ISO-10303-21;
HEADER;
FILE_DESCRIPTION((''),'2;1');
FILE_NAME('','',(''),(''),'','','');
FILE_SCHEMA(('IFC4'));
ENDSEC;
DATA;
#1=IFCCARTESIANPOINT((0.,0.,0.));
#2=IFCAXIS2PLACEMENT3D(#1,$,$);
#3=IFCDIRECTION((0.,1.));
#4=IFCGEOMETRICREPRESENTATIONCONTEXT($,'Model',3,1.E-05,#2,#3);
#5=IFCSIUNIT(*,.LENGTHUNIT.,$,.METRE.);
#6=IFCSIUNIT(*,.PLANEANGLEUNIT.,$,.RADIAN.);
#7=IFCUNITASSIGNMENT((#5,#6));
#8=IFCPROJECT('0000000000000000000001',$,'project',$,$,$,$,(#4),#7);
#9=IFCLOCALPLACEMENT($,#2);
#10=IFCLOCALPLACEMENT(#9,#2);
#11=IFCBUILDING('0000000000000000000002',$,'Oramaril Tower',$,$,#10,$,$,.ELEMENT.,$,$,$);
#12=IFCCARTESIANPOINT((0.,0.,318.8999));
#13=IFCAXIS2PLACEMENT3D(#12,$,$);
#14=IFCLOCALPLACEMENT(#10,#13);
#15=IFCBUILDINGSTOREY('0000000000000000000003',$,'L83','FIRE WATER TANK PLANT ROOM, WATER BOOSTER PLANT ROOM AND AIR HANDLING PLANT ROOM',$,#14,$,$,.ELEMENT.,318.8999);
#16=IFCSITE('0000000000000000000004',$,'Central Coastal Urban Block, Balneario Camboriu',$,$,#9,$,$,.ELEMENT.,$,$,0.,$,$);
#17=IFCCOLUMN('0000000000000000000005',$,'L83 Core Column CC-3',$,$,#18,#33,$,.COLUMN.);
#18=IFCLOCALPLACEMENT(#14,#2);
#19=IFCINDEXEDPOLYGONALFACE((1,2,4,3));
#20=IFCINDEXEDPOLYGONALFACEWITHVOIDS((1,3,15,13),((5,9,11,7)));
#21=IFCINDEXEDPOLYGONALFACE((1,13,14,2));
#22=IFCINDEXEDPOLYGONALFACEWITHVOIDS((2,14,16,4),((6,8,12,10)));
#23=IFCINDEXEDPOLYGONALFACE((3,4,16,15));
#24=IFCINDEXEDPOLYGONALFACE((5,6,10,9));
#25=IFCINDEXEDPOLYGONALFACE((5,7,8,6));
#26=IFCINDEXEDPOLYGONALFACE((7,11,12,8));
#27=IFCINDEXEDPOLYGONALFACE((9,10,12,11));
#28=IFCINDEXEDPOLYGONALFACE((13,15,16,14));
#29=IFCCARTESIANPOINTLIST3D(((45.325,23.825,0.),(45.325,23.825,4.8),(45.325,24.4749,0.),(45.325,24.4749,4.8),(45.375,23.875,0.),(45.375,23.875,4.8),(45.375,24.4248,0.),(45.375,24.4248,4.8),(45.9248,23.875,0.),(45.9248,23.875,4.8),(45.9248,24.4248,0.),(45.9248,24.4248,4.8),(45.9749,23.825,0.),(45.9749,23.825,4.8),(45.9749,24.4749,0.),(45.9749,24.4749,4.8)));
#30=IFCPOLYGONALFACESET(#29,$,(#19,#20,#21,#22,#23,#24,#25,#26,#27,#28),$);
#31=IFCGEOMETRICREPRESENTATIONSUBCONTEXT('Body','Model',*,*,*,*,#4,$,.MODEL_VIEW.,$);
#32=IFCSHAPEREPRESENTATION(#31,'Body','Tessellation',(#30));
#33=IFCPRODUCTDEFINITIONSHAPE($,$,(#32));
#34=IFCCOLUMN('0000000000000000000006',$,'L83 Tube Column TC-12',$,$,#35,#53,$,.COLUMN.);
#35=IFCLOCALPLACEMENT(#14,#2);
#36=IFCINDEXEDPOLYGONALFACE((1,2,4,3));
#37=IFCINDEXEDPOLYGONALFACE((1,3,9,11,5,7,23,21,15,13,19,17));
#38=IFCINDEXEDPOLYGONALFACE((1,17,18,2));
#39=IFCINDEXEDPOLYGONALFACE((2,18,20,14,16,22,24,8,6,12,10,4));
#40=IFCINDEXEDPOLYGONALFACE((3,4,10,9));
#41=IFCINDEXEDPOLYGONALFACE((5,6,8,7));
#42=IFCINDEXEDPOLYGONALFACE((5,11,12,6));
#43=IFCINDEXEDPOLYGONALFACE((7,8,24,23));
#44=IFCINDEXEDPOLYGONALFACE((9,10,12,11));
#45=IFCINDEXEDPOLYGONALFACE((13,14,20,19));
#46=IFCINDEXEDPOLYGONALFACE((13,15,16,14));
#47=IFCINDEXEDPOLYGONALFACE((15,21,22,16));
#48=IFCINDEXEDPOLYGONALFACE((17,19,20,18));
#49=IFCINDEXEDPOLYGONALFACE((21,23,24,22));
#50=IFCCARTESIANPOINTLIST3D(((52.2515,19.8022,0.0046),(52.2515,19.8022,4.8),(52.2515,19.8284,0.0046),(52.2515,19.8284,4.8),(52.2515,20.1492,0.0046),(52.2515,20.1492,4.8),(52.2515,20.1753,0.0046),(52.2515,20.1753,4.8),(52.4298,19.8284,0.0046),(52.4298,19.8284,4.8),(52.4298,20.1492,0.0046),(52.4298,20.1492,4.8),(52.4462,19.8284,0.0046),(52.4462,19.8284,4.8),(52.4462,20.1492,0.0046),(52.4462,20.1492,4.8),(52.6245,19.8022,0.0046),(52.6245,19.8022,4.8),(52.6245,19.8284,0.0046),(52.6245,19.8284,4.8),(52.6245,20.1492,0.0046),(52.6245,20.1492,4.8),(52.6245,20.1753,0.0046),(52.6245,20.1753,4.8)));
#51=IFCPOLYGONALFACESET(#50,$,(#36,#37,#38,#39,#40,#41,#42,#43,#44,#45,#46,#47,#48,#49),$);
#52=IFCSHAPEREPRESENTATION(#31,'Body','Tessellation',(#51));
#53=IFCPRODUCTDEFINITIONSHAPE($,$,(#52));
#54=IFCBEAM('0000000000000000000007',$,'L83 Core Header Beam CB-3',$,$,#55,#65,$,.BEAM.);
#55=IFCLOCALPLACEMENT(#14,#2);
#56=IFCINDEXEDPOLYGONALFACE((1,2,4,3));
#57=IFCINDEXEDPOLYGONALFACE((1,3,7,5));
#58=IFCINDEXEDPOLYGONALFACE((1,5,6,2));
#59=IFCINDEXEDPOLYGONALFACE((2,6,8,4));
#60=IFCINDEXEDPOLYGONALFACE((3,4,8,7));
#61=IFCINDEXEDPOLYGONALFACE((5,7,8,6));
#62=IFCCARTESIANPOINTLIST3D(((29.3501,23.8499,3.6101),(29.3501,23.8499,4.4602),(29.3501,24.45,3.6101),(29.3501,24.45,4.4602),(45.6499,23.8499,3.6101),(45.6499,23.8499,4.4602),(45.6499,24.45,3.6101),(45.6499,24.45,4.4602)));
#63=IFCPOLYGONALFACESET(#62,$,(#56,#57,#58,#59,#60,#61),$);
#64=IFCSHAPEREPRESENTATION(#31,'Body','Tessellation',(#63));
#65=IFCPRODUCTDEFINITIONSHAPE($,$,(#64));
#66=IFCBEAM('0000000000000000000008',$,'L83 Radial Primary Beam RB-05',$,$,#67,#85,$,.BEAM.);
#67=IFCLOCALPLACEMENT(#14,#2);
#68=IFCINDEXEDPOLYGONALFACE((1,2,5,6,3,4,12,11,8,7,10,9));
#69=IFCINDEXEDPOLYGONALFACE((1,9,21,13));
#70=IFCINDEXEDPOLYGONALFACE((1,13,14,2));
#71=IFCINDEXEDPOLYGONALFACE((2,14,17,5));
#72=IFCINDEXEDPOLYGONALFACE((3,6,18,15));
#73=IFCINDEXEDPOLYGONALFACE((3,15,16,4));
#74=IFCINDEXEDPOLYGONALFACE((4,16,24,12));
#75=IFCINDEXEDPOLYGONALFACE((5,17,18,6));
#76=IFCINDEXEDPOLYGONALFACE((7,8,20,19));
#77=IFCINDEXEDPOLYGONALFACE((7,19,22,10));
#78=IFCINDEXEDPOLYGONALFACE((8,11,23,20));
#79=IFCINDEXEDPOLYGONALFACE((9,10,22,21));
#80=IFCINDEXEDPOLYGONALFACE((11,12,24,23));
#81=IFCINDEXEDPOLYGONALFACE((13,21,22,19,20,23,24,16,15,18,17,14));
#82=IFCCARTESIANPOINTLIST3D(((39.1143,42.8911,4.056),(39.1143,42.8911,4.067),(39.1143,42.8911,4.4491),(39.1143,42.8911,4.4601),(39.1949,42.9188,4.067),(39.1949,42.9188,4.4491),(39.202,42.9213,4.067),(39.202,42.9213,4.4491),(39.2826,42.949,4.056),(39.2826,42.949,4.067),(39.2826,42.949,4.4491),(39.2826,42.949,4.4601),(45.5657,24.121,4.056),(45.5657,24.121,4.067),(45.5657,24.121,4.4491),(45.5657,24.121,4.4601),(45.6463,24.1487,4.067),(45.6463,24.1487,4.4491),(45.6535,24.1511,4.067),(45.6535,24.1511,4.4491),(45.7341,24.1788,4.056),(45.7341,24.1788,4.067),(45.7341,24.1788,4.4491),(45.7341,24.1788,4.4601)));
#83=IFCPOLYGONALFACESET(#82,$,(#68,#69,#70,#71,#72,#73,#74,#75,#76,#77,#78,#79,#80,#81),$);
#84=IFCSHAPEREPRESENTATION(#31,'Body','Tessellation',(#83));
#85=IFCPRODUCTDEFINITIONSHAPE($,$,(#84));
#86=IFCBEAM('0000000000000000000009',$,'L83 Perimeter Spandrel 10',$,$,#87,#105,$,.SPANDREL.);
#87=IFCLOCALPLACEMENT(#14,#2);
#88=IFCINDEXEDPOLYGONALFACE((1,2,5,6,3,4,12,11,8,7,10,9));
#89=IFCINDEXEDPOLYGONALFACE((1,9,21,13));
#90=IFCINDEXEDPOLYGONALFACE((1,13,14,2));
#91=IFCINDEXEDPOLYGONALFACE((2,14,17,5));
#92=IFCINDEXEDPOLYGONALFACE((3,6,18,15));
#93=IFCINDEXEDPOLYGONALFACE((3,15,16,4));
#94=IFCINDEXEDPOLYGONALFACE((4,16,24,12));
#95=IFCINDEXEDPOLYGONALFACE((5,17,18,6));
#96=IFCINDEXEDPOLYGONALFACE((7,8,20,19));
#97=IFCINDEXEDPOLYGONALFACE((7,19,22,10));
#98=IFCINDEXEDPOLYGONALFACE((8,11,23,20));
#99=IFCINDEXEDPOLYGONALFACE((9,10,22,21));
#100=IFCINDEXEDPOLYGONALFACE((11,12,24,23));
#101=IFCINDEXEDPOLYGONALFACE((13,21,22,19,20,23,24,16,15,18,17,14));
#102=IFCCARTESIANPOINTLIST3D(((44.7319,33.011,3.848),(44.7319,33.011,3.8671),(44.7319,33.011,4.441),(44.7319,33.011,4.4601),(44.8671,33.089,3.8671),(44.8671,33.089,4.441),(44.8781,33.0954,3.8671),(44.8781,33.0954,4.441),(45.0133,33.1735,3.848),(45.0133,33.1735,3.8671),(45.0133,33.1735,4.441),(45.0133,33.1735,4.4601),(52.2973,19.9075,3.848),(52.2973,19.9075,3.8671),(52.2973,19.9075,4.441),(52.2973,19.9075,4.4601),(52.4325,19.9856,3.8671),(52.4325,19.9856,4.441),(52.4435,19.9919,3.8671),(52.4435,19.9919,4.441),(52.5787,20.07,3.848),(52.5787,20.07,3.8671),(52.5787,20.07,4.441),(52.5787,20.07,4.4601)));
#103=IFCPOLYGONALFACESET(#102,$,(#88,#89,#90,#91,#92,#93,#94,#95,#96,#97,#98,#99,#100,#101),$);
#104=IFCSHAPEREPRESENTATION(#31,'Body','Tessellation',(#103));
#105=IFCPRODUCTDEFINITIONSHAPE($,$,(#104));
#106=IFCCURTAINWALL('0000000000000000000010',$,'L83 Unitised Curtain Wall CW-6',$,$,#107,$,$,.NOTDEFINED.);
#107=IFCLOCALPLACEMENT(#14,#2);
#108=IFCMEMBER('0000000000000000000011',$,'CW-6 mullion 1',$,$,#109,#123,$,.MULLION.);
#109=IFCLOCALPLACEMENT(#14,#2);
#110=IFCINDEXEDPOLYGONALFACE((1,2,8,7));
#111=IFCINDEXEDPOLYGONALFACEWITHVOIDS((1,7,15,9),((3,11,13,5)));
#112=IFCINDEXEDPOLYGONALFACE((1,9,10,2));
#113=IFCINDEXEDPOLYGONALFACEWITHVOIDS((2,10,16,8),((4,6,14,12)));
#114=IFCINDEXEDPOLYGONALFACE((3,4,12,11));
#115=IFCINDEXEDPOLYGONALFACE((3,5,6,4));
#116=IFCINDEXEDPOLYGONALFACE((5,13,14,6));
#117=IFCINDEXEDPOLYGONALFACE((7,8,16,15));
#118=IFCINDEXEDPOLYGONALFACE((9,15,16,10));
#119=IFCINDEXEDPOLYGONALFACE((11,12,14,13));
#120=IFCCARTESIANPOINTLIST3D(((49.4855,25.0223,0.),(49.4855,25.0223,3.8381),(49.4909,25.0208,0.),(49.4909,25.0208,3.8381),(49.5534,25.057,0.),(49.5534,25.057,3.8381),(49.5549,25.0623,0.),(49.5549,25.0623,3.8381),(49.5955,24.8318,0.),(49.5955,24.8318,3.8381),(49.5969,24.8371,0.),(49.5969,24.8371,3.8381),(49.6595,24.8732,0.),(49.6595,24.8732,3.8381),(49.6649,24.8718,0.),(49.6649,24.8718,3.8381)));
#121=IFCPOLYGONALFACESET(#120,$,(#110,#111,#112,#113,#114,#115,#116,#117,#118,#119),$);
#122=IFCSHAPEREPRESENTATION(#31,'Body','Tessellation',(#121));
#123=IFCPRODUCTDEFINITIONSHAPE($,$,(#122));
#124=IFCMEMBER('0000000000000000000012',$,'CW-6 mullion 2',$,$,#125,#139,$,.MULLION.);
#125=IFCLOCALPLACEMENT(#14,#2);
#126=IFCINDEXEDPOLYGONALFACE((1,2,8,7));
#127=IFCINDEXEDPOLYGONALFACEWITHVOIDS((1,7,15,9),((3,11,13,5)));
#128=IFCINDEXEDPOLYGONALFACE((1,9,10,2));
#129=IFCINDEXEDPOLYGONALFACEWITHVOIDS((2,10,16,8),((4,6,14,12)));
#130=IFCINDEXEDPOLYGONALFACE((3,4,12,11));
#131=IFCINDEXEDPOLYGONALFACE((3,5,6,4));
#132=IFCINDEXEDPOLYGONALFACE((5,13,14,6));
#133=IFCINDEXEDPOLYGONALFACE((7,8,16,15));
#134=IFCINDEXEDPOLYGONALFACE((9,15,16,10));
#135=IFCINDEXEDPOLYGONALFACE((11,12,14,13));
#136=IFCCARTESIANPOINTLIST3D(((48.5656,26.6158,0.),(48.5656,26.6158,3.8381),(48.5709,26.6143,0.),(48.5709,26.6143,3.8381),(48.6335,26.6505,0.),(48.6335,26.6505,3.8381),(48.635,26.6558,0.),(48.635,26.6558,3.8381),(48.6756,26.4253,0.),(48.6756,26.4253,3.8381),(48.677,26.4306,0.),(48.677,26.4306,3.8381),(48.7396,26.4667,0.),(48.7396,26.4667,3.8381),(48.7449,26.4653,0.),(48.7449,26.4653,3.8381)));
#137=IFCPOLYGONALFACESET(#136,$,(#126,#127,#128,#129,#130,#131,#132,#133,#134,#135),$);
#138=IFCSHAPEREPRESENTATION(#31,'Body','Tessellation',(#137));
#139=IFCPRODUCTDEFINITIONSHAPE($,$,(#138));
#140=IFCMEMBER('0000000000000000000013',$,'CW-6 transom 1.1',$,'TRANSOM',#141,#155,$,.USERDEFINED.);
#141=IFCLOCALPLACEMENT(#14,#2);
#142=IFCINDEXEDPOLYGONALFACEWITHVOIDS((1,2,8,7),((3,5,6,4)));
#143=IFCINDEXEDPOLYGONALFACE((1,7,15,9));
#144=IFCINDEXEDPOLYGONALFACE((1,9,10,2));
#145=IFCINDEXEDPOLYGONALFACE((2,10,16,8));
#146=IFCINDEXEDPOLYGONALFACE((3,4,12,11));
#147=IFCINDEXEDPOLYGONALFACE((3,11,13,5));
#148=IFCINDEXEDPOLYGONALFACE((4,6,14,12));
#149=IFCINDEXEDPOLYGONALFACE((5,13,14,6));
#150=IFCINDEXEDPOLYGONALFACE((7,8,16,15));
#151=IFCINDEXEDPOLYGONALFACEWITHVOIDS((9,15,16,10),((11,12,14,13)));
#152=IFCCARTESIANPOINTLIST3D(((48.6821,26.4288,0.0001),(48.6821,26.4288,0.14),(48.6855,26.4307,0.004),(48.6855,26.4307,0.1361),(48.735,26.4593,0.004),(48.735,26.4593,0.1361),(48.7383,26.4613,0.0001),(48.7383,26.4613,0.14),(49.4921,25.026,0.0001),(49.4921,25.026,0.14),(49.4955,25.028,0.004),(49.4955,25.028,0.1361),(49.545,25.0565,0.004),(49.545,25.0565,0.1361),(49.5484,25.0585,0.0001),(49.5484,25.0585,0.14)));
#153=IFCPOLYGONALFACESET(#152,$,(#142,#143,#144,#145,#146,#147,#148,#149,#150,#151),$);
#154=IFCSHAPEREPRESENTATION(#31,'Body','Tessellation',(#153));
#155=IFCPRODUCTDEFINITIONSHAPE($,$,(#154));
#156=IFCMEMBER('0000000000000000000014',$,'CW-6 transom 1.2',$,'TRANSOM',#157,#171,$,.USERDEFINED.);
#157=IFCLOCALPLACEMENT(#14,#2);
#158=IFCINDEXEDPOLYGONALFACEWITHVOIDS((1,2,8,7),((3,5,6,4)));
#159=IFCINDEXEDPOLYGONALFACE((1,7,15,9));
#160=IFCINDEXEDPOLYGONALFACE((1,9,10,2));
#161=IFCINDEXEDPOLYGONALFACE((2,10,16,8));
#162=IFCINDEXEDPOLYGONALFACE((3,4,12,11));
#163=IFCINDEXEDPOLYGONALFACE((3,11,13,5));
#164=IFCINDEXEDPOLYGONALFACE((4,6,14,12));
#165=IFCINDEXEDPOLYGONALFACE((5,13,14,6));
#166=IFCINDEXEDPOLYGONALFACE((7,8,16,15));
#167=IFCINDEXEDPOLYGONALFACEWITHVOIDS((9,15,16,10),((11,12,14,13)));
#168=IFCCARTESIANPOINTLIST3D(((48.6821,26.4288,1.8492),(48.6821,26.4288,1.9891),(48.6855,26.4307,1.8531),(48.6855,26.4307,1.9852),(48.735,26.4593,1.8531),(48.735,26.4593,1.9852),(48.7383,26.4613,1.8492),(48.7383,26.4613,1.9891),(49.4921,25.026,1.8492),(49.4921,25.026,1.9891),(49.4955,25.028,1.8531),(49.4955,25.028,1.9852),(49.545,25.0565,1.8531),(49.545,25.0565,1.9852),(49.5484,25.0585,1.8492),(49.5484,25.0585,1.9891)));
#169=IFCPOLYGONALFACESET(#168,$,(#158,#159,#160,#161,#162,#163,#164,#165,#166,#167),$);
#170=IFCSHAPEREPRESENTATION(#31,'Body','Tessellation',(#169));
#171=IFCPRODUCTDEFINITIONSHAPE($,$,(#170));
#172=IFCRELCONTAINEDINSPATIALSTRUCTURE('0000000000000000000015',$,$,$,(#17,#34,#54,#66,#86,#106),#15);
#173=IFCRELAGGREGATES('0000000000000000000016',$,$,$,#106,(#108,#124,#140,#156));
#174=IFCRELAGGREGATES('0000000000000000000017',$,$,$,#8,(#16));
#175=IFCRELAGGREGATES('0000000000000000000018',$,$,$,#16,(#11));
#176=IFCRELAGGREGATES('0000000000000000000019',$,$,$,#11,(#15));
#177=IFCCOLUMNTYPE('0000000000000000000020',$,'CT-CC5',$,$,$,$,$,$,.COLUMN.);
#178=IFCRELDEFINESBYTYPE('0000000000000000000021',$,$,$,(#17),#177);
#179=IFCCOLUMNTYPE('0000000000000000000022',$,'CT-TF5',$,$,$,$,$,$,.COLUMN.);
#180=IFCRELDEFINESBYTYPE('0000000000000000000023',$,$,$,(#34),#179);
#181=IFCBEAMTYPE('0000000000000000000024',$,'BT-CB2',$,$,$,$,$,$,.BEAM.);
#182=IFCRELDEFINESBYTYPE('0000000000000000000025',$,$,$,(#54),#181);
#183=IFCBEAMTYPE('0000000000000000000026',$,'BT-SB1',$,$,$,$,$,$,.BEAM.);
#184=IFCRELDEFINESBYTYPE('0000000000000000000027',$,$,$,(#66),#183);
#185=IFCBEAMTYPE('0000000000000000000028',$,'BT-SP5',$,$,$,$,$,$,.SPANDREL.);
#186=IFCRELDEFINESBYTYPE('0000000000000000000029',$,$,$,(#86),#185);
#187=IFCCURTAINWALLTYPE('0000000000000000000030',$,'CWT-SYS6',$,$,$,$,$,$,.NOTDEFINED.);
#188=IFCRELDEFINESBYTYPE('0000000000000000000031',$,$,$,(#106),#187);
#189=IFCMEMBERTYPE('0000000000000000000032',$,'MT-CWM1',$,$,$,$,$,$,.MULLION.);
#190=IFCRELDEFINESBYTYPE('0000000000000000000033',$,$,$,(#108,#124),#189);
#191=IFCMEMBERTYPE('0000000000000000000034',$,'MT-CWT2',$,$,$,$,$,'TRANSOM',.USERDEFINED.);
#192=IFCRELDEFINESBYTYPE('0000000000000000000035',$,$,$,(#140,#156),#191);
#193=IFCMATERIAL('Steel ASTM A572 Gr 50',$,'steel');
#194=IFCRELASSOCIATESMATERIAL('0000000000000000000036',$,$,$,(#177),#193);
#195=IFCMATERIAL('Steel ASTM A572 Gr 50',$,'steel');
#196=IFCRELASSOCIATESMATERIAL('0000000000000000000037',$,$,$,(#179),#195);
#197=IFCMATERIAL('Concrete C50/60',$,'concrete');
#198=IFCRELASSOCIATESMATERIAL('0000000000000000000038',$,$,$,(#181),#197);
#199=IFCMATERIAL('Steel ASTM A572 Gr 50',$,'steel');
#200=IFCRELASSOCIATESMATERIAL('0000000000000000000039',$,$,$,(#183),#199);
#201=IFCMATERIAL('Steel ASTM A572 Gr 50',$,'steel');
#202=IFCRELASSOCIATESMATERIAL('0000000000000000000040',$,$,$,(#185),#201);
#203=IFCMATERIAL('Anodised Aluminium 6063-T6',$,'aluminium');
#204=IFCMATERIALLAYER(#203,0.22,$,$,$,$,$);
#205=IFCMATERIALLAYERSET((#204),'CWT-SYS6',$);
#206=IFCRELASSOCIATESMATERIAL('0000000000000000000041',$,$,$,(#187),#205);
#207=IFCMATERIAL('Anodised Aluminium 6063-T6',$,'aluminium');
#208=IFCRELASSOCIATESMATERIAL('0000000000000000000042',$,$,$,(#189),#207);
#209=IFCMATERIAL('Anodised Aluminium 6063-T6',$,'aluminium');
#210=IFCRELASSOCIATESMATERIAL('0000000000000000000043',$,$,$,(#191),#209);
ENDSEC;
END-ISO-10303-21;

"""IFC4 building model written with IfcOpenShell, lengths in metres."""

from ifc_helpers import new_model, si_unit, direction, frame, origin, origin_2d, place, context, subcontext, project, spatial, rectangle, hollow_rectangle, i_section, extrude, material, layer, layer_set, material_profile, profile_set, type_object, element, aggregate, save


model = new_model("IFC4")

# Units and contexts
model_context = context("Model", 3, precision=1e-05, world=origin(), true_north=direction((0.0, 1.0)))
body_context = subcontext(model_context, "Body", "Model", "MODEL_VIEW")
ifc_project = project(units=[si_unit("LENGTHUNIT", "METRE"), si_unit("PLANEANGLEUNIT", "RADIAN")], contexts=[model_context])

# Site, building, storey
site_placement = place(None, origin())
site = spatial("IfcSite", under=ifc_project, at=site_placement, Name="Central Coastal Urban Block, Balneario Camboriu", CompositionType="ELEMENT", RefElevation=0.0)
building_placement = place(site_placement, origin())
building = spatial("IfcBuilding", under=site, at=building_placement, Name="Oramaril Tower", CompositionType="ELEMENT")
storey_placement = place(building_placement, frame((0.0, 0.0, 318.8999)))
storey = spatial("IfcBuildingStorey", under=building, at=storey_placement, Name="L83", Description="FIRE WATER TANK PLANT ROOM, WATER BOOSTER PLANT ROOM AND AIR HANDLING PLANT ROOM", CompositionType="ELEMENT", Elevation=318.8999)

# Columns
ifc_material_1 = material(Name="Steel ASTM A572 Gr 50", Category="steel")
ifc_material_profile_1 = material_profile(ifc_material_1, hollow_rectangle(XDim=0.6499, YDim=0.6499, WallThickness=0.05, at=origin_2d()), Name="BOX650X650X50")
ifc_profile_set_1 = profile_set([ifc_material_profile_1], Name="Steel ASTM A572 Gr 50")
column_type_1 = type_object("IfcColumnType", Name="CT-CC5", PredefinedType="COLUMN", material=ifc_profile_set_1)
column_1_placement = place(storey_placement, frame((45.6499, 24.1499, 0.0), z_axis=(0.0, 0.0, 1.0), x_axis=(1.0, 0.0, 0.0)))
element("IfcColumn", 1, at=column_1_placement, inside=storey, type_object=column_type_1, Name="L83 Core Column CC-3", PredefinedType="COLUMN", context=body_context, shape_type="SweptSolid", body=[
    extrude(hollow_rectangle(XDim=0.6499, YDim=0.6499, WallThickness=0.05, at=origin_2d()), origin(), (0.0, 0.0, 1.0), 4.8),
])
ifc_material_2 = material(Name="Steel ASTM A572 Gr 50", Category="steel")
ifc_material_profile_2 = material_profile(ifc_material_2, i_section(OverallWidth=0.373, OverallDepth=0.373, WebThickness=0.0164, FlangeThickness=0.0261, at=origin_2d()), Name="W14X132")
ifc_profile_set_2 = profile_set([ifc_material_profile_2], Name="Steel ASTM A572 Gr 50")
column_type_2 = type_object("IfcColumnType", Name="CT-TF5", PredefinedType="COLUMN", material=ifc_profile_set_2)
column_2_placement = place(storey_placement, frame((52.438, 19.9888, 0.0046), z_axis=(0.0, 0.0, 1.0), x_axis=(1.0, 0.0, 0.0)))
element("IfcColumn", 2, at=column_2_placement, inside=storey, type_object=column_type_2, Name="L83 Tube Column TC-12", PredefinedType="COLUMN", context=body_context, shape_type="SweptSolid", body=[
    extrude(i_section(OverallWidth=0.373, OverallDepth=0.373, WebThickness=0.0164, FlangeThickness=0.0261, at=origin_2d()), origin(), (0.0, 0.0, 1.0), 4.7954),
])

# Beams
ifc_material_3 = material(Name="Concrete C50/60", Category="concrete")
ifc_material_profile_3 = material_profile(ifc_material_3, rectangle(XDim=0.6001, YDim=0.8501, at=origin_2d()), Name="CB600X850")
ifc_profile_set_3 = profile_set([ifc_material_profile_3], Name="Concrete C50/60")
beam_type_1 = type_object("IfcBeamType", Name="BT-CB2", PredefinedType="BEAM", material=ifc_profile_set_3)
beam_1_placement = place(storey_placement, frame((45.6499, 24.1499, 4.0352), z_axis=(-1.0, 0.0, 0.0), x_axis=(0.0, -1.0, 0.0)))
element("IfcBeam", 3, at=beam_1_placement, inside=storey, type_object=beam_type_1, Name="L83 Core Header Beam CB-3", PredefinedType="BEAM", context=body_context, shape_type="SweptSolid", body=[
    extrude(rectangle(XDim=0.6001, YDim=0.8501, at=origin_2d()), origin(), (0.0, 0.0, 1.0), 16.2998),
])
ifc_material_4 = material(Name="Steel ASTM A572 Gr 50", Category="steel")
ifc_material_profile_4 = material_profile(ifc_material_4, i_section(OverallWidth=0.178, OverallDepth=0.4041, WebThickness=0.0076, FlangeThickness=0.011, at=origin_2d()), Name="W16X36")
ifc_profile_set_4 = profile_set([ifc_material_profile_4], Name="Steel ASTM A572 Gr 50")
beam_type_2 = type_object("IfcBeamType", Name="BT-SB1", PredefinedType="BEAM", material=ifc_profile_set_4)
beam_2_placement = place(storey_placement, frame((45.6499, 24.1499, 4.2581), z_axis=(-0.325045, 0.945699, 0.0), x_axis=(-0.945699, -0.325045, 0.0)))
element("IfcBeam", 4, at=beam_2_placement, inside=storey, type_object=beam_type_2, Name="L83 Radial Primary Beam RB-05", PredefinedType="BEAM", context=body_context, shape_type="SweptSolid", body=[
    extrude(i_section(OverallWidth=0.178, OverallDepth=0.4041, WebThickness=0.0076, FlangeThickness=0.011, at=origin_2d()), origin(), (0.0, 0.0, 1.0), 19.8479),
])
ifc_material_5 = material(Name="Steel ASTM A572 Gr 50", Category="steel")
ifc_material_profile_5 = material_profile(ifc_material_5, i_section(OverallWidth=0.325, OverallDepth=0.6121, WebThickness=0.0127, FlangeThickness=0.019, at=origin_2d()), Name="W24X104")
ifc_profile_set_5 = profile_set([ifc_material_profile_5], Name="Steel ASTM A572 Gr 50")
beam_type_3 = type_object("IfcBeamType", Name="BT-SP5", PredefinedType="SPANDREL", material=ifc_profile_set_5)
beam_3_placement = place(storey_placement, frame((52.438, 19.9888, 4.1541), z_axis=(-0.500006, 0.866022, 0.0), x_axis=(-0.866022, -0.500006, 0.0)))
element("IfcBeam", 5, at=beam_3_placement, inside=storey, type_object=beam_type_3, Name="L83 Perimeter Spandrel 10", PredefinedType="SPANDREL", context=body_context, shape_type="SweptSolid", body=[
    extrude(i_section(OverallWidth=0.325, OverallDepth=0.6121, WebThickness=0.0127, FlangeThickness=0.019, at=origin_2d()), origin(), (0.0, 0.0, 1.0), 15.1306),
])

# Curtain wall, members
ifc_material_6 = material(Name="Anodised Aluminium 6063-T6", Category="aluminium")
ifc_layer_1 = layer(ifc_material_6, 0.22)
ifc_layer_set_1 = layer_set([ifc_layer_1], Name="CWT-SYS6")
curtain_wall_type = type_object("IfcCurtainWallType", Name="CWT-SYS6", PredefinedType="NOTDEFINED", material=ifc_layer_set_1)
curtain_wall_placement = place(storey_placement, origin())
curtain_wall = element("IfcCurtainWall", 6, at=curtain_wall_placement, inside=storey, type_object=curtain_wall_type, Name="L83 Unitised Curtain Wall CW-6", PredefinedType="NOTDEFINED")
ifc_material_7 = material(Name="Anodised Aluminium 6063-T6", Category="aluminium")
ifc_material_profile_6 = material_profile(ifc_material_7, hollow_rectangle(XDim=0.0801, YDim=0.22, WallThickness=0.0039, at=origin_2d()), Name="CWM220X80")
ifc_profile_set_6 = profile_set([ifc_material_profile_6], Name="Anodised Aluminium 6063-T6")
member_type_1 = type_object("IfcMemberType", Name="MT-CWM1", PredefinedType="MULLION", material=ifc_profile_set_6)
member_1_placement = place(storey_placement, frame((49.5752, 24.947, 0.0), z_axis=(0.0, 0.0, 1.0), x_axis=(-0.866025, -0.5, 0.0)))
member_1 = element("IfcMember", 7, at=member_1_placement, type_object=member_type_1, Name="CW-6 mullion 1", PredefinedType="MULLION", context=body_context, shape_type="SweptSolid", body=[
    extrude(hollow_rectangle(XDim=0.0801, YDim=0.22, WallThickness=0.0039, at=origin_2d()), origin(), (0.0, 0.0, 1.0), 3.8381),
])
member_2_placement = place(storey_placement, frame((48.6553, 26.5405, 0.0), z_axis=(0.0, 0.0, 1.0), x_axis=(-0.866025, -0.5, 0.0)))
member_2 = element("IfcMember", 8, at=member_2_placement, type_object=member_type_1, Name="CW-6 mullion 2", PredefinedType="MULLION", context=body_context, shape_type="SweptSolid", body=[
    extrude(hollow_rectangle(XDim=0.0801, YDim=0.22, WallThickness=0.0039, at=origin_2d()), origin(), (0.0, 0.0, 1.0), 3.8381),
])
ifc_material_8 = material(Name="Anodised Aluminium 6063-T6", Category="aluminium")
ifc_material_profile_7 = material_profile(ifc_material_8, hollow_rectangle(XDim=0.0649, YDim=0.1399, WallThickness=0.0039, at=origin_2d()), Name="CWT140X65")
ifc_profile_set_7 = profile_set([ifc_material_profile_7], Name="Anodised Aluminium 6063-T6")
member_type_2 = type_object("IfcMemberType", Name="MT-CWT2", ElementType="TRANSOM", PredefinedType="USERDEFINED", material=ifc_profile_set_7)
member_3_placement = place(storey_placement, frame((49.5203, 25.0422, 0.0701), z_axis=(-0.500062, 0.86599, 0.0), x_axis=(-0.86599, -0.500062, 0.0)))
member_3 = element("IfcMember", 9, at=member_3_placement, type_object=member_type_2, Name="CW-6 transom 1.1", ObjectType="TRANSOM", PredefinedType="USERDEFINED", context=body_context, shape_type="SweptSolid", body=[
    extrude(hollow_rectangle(XDim=0.0649, YDim=0.1399, WallThickness=0.0039, at=origin_2d()), origin(), (0.0, 0.0, 1.0), 1.6199),
])
member_4_placement = place(storey_placement, frame((49.5203, 25.0422, 1.9192), z_axis=(-0.500062, 0.86599, 0.0), x_axis=(-0.86599, -0.500062, 0.0)))
member_4 = element("IfcMember", 10, at=member_4_placement, type_object=member_type_2, Name="CW-6 transom 1.2", ObjectType="TRANSOM", PredefinedType="USERDEFINED", context=body_context, shape_type="SweptSolid", body=[
    extrude(hollow_rectangle(XDim=0.0649, YDim=0.1399, WallThickness=0.0039, at=origin_2d()), origin(), (0.0, 0.0, 1.0), 1.6199),
])

aggregate(curtain_wall, [member_1, member_2, member_3, member_4])

save(model, "model.ifc")
